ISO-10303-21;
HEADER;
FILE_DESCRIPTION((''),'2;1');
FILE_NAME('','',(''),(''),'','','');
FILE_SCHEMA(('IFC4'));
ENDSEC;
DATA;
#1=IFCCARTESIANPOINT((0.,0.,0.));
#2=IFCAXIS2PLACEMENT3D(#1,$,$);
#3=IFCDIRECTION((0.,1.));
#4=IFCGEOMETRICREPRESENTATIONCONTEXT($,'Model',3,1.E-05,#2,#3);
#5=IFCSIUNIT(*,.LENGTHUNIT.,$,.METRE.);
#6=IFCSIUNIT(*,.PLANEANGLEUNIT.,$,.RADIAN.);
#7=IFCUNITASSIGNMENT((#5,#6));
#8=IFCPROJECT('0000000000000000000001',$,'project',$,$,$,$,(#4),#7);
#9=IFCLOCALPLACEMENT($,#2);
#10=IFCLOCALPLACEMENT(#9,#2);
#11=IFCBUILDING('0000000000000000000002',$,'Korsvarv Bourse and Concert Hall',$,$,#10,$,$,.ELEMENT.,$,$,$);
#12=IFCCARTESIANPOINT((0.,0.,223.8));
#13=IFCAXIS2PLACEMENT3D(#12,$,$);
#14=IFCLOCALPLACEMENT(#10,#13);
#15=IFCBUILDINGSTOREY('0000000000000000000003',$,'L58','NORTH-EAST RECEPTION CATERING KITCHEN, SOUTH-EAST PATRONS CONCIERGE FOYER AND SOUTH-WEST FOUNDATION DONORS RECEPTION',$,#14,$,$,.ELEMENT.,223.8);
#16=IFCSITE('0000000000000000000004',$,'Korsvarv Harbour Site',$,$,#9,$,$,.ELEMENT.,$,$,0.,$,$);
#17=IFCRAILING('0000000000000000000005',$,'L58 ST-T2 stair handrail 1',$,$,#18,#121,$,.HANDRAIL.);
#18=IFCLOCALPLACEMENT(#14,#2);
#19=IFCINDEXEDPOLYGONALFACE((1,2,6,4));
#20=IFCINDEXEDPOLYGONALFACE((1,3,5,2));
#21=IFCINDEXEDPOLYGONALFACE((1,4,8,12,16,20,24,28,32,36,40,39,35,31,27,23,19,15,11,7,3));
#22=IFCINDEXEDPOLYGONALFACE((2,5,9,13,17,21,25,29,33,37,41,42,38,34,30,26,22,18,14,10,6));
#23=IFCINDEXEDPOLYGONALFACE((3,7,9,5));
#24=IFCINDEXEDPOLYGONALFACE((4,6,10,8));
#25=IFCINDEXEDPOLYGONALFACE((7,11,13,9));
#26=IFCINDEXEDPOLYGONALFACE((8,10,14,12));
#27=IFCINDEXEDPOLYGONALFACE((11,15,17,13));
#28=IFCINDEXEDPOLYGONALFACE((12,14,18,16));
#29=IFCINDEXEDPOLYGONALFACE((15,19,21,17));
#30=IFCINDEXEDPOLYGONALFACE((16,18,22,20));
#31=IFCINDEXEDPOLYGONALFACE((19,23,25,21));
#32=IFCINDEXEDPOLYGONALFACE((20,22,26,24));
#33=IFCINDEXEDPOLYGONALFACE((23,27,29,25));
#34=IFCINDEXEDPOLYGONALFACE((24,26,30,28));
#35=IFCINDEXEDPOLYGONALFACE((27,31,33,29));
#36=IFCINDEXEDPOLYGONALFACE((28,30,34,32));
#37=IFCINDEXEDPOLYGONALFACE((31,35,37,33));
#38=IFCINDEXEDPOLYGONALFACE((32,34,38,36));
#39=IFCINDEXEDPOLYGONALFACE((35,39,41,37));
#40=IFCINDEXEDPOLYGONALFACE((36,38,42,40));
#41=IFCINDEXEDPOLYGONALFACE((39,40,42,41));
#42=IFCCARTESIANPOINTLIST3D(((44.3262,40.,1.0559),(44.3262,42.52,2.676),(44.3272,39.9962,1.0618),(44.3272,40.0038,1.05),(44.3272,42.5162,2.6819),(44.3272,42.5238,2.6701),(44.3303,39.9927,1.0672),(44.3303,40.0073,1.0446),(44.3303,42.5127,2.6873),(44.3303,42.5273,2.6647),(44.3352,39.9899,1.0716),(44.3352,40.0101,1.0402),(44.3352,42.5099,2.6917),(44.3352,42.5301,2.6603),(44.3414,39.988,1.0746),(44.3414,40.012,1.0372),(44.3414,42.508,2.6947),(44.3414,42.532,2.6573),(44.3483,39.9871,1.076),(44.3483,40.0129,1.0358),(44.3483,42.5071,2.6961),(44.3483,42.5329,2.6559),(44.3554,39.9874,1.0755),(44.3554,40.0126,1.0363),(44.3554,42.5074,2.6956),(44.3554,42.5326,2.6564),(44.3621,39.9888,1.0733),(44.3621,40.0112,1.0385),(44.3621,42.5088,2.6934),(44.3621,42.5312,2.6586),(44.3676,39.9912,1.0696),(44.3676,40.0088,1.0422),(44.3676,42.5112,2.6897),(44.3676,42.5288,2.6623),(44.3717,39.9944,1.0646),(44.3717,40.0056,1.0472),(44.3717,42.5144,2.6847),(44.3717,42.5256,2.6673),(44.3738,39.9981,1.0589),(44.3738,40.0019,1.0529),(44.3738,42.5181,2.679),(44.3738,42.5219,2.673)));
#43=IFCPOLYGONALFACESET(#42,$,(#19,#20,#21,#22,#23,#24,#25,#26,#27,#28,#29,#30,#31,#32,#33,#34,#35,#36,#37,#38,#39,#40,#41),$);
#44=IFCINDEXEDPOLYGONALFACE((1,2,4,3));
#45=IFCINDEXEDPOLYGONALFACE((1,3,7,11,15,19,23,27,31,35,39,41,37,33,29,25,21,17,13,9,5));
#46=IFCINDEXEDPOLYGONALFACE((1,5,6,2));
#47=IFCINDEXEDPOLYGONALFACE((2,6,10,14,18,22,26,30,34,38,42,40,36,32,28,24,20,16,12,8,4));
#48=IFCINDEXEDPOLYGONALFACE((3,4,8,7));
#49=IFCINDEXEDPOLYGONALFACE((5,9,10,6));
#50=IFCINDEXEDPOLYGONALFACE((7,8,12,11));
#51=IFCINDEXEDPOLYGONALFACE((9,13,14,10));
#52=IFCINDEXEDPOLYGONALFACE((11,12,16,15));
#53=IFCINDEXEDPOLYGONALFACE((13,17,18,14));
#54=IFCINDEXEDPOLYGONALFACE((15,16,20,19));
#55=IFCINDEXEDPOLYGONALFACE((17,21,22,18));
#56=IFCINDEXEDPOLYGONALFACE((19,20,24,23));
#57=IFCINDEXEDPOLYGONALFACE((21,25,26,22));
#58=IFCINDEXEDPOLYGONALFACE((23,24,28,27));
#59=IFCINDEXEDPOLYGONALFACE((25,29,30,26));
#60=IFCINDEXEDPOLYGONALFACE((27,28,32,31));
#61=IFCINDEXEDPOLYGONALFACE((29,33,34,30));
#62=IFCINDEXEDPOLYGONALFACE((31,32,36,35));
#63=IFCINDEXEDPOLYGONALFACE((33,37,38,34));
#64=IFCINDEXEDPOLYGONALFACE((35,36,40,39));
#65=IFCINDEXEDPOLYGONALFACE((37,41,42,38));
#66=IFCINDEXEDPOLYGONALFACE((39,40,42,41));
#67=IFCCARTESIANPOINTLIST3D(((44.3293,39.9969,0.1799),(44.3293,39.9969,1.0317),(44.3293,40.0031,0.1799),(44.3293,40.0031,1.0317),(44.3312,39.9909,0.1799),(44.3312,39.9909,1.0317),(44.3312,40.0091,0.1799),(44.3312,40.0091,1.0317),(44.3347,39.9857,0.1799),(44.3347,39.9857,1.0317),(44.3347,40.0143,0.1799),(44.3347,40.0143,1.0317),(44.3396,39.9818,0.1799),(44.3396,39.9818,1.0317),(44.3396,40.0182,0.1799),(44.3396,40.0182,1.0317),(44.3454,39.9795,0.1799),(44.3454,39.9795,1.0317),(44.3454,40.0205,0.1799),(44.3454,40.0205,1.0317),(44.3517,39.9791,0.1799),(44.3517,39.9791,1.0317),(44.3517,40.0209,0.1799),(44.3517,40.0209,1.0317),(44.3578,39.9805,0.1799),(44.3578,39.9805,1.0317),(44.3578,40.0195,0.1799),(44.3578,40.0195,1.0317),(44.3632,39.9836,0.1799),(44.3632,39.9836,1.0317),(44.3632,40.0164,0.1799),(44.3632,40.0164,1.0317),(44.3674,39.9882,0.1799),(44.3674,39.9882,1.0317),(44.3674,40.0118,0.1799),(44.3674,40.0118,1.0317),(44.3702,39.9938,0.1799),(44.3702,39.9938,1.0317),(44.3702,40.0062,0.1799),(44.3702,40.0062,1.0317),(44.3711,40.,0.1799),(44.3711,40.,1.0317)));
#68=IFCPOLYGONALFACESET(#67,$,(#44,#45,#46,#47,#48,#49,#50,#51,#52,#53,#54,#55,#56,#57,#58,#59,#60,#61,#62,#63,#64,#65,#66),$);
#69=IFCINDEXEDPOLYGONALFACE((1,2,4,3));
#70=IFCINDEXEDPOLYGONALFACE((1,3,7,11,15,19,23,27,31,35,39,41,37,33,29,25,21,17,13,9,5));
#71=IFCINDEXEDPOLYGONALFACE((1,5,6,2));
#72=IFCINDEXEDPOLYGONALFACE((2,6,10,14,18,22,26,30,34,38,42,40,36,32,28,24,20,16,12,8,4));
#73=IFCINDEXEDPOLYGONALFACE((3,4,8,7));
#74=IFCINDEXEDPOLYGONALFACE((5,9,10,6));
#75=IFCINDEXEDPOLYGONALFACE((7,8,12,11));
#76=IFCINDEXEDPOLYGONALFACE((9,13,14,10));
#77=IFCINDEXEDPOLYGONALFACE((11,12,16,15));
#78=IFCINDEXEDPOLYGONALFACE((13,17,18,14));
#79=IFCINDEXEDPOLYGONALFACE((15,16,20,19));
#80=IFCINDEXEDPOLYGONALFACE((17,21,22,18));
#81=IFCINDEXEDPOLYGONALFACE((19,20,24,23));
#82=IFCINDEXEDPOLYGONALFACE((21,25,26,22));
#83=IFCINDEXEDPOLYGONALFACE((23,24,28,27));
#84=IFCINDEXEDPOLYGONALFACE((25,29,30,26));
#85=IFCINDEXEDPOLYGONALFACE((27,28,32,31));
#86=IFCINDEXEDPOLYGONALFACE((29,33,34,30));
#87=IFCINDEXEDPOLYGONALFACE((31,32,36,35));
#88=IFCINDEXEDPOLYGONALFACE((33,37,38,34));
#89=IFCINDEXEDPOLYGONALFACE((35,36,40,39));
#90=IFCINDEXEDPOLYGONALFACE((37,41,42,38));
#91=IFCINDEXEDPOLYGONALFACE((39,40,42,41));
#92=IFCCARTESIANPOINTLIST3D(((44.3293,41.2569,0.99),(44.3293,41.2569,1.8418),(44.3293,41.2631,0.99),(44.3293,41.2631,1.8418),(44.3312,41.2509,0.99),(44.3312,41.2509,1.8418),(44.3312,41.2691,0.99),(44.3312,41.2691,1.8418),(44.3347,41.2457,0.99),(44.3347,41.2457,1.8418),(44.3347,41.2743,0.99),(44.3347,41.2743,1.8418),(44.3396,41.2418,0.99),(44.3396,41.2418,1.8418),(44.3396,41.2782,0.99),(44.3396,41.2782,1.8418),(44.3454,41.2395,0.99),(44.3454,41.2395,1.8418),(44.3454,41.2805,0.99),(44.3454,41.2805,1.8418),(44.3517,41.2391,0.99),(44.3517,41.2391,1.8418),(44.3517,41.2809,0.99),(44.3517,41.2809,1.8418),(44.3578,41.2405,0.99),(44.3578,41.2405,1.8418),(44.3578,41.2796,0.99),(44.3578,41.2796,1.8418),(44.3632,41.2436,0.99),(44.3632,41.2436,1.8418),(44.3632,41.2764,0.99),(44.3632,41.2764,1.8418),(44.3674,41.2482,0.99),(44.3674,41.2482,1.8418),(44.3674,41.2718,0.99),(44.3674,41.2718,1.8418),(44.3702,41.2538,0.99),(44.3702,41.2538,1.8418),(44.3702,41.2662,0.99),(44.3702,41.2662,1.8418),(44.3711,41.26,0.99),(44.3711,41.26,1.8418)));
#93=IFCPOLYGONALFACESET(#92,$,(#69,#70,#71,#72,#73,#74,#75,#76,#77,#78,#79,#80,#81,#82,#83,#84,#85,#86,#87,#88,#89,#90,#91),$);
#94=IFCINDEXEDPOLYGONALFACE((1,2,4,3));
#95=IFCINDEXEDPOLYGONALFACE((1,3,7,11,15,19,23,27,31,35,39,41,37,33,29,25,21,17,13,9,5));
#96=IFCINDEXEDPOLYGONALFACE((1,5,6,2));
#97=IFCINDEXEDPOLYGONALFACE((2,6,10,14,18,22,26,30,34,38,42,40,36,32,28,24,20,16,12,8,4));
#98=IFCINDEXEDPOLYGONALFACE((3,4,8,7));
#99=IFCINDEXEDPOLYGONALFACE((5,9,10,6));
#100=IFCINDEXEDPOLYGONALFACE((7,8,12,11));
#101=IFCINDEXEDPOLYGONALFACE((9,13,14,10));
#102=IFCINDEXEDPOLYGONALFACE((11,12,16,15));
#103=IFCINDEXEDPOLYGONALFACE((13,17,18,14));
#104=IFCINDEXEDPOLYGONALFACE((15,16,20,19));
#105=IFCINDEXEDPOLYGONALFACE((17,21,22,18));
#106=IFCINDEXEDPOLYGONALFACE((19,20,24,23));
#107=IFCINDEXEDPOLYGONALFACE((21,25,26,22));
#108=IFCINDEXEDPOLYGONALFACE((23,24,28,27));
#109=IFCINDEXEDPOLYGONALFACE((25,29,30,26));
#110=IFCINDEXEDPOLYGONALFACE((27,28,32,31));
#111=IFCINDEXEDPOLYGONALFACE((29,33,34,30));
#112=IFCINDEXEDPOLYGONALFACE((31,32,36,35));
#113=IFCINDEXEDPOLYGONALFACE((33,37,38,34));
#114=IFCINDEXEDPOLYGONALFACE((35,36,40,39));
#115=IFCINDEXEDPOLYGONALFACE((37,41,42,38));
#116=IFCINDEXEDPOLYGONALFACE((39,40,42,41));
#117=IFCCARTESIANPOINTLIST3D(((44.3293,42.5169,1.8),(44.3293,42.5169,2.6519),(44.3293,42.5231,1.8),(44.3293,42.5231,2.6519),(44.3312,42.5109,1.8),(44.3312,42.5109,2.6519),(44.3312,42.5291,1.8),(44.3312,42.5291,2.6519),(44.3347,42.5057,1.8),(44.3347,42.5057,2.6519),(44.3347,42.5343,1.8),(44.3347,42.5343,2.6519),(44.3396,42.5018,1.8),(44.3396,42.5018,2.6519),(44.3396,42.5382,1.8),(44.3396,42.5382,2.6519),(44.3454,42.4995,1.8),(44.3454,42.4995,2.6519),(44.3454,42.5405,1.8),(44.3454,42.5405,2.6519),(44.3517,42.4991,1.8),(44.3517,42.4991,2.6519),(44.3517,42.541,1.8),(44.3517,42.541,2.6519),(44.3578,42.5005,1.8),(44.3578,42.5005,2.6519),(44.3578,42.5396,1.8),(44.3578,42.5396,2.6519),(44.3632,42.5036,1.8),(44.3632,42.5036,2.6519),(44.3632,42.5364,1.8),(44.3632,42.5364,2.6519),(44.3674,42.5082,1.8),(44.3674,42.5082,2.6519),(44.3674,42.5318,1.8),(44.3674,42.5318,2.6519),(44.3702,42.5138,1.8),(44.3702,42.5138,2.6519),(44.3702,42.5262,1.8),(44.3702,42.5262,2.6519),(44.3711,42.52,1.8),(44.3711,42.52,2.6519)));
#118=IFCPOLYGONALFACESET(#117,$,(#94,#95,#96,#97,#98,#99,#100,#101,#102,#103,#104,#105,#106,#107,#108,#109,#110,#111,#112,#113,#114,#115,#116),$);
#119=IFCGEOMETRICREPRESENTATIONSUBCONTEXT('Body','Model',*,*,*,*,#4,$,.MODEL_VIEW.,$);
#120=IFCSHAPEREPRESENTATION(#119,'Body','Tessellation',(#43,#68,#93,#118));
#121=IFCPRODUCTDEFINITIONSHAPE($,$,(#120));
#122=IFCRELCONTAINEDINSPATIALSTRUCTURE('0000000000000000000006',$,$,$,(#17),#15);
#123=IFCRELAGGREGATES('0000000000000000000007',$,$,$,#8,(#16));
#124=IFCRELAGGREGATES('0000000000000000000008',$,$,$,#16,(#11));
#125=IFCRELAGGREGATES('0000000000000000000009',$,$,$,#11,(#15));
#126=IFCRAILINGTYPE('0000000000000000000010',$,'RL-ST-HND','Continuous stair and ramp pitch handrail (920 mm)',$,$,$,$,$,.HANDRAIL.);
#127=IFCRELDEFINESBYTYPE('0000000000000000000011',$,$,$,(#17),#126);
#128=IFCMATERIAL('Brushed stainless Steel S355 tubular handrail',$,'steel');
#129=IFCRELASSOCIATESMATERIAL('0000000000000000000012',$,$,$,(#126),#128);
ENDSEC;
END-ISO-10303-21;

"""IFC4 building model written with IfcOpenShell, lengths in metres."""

from ifc_helpers import new_model, si_unit, direction, frame, origin, origin_2d, place, context, subcontext, project, spatial, circle, extrude, material, type_object, element, save


model = new_model("IFC4")

# Units and contexts
model_context = context("Model", 3, precision=1e-05, world=origin(), true_north=direction((0.0, 1.0)))
body_context = subcontext(model_context, "Body", "Model", "MODEL_VIEW")
ifc_project = project(units=[si_unit("LENGTHUNIT", "METRE"), si_unit("PLANEANGLEUNIT", "RADIAN")], contexts=[model_context])

# Site, building, storey
site_placement = place(None, origin())
site = spatial("IfcSite", under=ifc_project, at=site_placement, Name="Korsvarv Harbour Site", CompositionType="ELEMENT", RefElevation=0.0)
building_placement = place(site_placement, origin())
building = spatial("IfcBuilding", under=site, at=building_placement, Name="Korsvarv Bourse and Concert Hall", CompositionType="ELEMENT")
storey_placement = place(building_placement, frame((0.0, 0.0, 223.8)))
storey = spatial("IfcBuildingStorey", under=building, at=storey_placement, Name="L58", Description="NORTH-EAST RECEPTION CATERING KITCHEN, SOUTH-EAST PATRONS CONCIERGE FOYER AND SOUTH-WEST FOUNDATION DONORS RECEPTION", CompositionType="ELEMENT", Elevation=223.8)

# Railing
ifc_material_1 = material(Name="Brushed stainless Steel S355 tubular handrail", Category="steel")
railing_type_1 = type_object("IfcRailingType", Name="RL-ST-HND", Description="Continuous stair and ramp pitch handrail (920 mm)", PredefinedType="HANDRAIL", material=ifc_material_1)
railing_1_placement = place(storey_placement, frame((44.3501, 40.0, 0.1799)))
element("IfcRailing", 1, at=railing_1_placement, inside=storey, type_object=railing_type_1, Name="L58 ST-T2 stair handrail 1", PredefinedType="HANDRAIL", context=body_context, shape_type="SweptSolid", body=[
    extrude(circle(Radius=0.0239, at=origin_2d()), frame((0.0, 0.0, 0.876), z_axis=(0.0, 0.841163, 0.540782), x_axis=(-1.0, 0.0, 0.0)), (0.0, 0.0, 1.0), 2.9958),
    extrude(circle(Radius=0.021, at=origin_2d()), origin(), (0.0, 0.0, 1.0), 0.8518),
    extrude(circle(Radius=0.021, at=origin_2d()), frame((0.0, 1.26, 0.8101)), (0.0, 0.0, 1.0), 0.8518),
    extrude(circle(Radius=0.021, at=origin_2d()), frame((0.0, 2.52, 1.6201)), (0.0, 0.0, 1.0), 0.8518),
])

save(model, "model.ifc")
